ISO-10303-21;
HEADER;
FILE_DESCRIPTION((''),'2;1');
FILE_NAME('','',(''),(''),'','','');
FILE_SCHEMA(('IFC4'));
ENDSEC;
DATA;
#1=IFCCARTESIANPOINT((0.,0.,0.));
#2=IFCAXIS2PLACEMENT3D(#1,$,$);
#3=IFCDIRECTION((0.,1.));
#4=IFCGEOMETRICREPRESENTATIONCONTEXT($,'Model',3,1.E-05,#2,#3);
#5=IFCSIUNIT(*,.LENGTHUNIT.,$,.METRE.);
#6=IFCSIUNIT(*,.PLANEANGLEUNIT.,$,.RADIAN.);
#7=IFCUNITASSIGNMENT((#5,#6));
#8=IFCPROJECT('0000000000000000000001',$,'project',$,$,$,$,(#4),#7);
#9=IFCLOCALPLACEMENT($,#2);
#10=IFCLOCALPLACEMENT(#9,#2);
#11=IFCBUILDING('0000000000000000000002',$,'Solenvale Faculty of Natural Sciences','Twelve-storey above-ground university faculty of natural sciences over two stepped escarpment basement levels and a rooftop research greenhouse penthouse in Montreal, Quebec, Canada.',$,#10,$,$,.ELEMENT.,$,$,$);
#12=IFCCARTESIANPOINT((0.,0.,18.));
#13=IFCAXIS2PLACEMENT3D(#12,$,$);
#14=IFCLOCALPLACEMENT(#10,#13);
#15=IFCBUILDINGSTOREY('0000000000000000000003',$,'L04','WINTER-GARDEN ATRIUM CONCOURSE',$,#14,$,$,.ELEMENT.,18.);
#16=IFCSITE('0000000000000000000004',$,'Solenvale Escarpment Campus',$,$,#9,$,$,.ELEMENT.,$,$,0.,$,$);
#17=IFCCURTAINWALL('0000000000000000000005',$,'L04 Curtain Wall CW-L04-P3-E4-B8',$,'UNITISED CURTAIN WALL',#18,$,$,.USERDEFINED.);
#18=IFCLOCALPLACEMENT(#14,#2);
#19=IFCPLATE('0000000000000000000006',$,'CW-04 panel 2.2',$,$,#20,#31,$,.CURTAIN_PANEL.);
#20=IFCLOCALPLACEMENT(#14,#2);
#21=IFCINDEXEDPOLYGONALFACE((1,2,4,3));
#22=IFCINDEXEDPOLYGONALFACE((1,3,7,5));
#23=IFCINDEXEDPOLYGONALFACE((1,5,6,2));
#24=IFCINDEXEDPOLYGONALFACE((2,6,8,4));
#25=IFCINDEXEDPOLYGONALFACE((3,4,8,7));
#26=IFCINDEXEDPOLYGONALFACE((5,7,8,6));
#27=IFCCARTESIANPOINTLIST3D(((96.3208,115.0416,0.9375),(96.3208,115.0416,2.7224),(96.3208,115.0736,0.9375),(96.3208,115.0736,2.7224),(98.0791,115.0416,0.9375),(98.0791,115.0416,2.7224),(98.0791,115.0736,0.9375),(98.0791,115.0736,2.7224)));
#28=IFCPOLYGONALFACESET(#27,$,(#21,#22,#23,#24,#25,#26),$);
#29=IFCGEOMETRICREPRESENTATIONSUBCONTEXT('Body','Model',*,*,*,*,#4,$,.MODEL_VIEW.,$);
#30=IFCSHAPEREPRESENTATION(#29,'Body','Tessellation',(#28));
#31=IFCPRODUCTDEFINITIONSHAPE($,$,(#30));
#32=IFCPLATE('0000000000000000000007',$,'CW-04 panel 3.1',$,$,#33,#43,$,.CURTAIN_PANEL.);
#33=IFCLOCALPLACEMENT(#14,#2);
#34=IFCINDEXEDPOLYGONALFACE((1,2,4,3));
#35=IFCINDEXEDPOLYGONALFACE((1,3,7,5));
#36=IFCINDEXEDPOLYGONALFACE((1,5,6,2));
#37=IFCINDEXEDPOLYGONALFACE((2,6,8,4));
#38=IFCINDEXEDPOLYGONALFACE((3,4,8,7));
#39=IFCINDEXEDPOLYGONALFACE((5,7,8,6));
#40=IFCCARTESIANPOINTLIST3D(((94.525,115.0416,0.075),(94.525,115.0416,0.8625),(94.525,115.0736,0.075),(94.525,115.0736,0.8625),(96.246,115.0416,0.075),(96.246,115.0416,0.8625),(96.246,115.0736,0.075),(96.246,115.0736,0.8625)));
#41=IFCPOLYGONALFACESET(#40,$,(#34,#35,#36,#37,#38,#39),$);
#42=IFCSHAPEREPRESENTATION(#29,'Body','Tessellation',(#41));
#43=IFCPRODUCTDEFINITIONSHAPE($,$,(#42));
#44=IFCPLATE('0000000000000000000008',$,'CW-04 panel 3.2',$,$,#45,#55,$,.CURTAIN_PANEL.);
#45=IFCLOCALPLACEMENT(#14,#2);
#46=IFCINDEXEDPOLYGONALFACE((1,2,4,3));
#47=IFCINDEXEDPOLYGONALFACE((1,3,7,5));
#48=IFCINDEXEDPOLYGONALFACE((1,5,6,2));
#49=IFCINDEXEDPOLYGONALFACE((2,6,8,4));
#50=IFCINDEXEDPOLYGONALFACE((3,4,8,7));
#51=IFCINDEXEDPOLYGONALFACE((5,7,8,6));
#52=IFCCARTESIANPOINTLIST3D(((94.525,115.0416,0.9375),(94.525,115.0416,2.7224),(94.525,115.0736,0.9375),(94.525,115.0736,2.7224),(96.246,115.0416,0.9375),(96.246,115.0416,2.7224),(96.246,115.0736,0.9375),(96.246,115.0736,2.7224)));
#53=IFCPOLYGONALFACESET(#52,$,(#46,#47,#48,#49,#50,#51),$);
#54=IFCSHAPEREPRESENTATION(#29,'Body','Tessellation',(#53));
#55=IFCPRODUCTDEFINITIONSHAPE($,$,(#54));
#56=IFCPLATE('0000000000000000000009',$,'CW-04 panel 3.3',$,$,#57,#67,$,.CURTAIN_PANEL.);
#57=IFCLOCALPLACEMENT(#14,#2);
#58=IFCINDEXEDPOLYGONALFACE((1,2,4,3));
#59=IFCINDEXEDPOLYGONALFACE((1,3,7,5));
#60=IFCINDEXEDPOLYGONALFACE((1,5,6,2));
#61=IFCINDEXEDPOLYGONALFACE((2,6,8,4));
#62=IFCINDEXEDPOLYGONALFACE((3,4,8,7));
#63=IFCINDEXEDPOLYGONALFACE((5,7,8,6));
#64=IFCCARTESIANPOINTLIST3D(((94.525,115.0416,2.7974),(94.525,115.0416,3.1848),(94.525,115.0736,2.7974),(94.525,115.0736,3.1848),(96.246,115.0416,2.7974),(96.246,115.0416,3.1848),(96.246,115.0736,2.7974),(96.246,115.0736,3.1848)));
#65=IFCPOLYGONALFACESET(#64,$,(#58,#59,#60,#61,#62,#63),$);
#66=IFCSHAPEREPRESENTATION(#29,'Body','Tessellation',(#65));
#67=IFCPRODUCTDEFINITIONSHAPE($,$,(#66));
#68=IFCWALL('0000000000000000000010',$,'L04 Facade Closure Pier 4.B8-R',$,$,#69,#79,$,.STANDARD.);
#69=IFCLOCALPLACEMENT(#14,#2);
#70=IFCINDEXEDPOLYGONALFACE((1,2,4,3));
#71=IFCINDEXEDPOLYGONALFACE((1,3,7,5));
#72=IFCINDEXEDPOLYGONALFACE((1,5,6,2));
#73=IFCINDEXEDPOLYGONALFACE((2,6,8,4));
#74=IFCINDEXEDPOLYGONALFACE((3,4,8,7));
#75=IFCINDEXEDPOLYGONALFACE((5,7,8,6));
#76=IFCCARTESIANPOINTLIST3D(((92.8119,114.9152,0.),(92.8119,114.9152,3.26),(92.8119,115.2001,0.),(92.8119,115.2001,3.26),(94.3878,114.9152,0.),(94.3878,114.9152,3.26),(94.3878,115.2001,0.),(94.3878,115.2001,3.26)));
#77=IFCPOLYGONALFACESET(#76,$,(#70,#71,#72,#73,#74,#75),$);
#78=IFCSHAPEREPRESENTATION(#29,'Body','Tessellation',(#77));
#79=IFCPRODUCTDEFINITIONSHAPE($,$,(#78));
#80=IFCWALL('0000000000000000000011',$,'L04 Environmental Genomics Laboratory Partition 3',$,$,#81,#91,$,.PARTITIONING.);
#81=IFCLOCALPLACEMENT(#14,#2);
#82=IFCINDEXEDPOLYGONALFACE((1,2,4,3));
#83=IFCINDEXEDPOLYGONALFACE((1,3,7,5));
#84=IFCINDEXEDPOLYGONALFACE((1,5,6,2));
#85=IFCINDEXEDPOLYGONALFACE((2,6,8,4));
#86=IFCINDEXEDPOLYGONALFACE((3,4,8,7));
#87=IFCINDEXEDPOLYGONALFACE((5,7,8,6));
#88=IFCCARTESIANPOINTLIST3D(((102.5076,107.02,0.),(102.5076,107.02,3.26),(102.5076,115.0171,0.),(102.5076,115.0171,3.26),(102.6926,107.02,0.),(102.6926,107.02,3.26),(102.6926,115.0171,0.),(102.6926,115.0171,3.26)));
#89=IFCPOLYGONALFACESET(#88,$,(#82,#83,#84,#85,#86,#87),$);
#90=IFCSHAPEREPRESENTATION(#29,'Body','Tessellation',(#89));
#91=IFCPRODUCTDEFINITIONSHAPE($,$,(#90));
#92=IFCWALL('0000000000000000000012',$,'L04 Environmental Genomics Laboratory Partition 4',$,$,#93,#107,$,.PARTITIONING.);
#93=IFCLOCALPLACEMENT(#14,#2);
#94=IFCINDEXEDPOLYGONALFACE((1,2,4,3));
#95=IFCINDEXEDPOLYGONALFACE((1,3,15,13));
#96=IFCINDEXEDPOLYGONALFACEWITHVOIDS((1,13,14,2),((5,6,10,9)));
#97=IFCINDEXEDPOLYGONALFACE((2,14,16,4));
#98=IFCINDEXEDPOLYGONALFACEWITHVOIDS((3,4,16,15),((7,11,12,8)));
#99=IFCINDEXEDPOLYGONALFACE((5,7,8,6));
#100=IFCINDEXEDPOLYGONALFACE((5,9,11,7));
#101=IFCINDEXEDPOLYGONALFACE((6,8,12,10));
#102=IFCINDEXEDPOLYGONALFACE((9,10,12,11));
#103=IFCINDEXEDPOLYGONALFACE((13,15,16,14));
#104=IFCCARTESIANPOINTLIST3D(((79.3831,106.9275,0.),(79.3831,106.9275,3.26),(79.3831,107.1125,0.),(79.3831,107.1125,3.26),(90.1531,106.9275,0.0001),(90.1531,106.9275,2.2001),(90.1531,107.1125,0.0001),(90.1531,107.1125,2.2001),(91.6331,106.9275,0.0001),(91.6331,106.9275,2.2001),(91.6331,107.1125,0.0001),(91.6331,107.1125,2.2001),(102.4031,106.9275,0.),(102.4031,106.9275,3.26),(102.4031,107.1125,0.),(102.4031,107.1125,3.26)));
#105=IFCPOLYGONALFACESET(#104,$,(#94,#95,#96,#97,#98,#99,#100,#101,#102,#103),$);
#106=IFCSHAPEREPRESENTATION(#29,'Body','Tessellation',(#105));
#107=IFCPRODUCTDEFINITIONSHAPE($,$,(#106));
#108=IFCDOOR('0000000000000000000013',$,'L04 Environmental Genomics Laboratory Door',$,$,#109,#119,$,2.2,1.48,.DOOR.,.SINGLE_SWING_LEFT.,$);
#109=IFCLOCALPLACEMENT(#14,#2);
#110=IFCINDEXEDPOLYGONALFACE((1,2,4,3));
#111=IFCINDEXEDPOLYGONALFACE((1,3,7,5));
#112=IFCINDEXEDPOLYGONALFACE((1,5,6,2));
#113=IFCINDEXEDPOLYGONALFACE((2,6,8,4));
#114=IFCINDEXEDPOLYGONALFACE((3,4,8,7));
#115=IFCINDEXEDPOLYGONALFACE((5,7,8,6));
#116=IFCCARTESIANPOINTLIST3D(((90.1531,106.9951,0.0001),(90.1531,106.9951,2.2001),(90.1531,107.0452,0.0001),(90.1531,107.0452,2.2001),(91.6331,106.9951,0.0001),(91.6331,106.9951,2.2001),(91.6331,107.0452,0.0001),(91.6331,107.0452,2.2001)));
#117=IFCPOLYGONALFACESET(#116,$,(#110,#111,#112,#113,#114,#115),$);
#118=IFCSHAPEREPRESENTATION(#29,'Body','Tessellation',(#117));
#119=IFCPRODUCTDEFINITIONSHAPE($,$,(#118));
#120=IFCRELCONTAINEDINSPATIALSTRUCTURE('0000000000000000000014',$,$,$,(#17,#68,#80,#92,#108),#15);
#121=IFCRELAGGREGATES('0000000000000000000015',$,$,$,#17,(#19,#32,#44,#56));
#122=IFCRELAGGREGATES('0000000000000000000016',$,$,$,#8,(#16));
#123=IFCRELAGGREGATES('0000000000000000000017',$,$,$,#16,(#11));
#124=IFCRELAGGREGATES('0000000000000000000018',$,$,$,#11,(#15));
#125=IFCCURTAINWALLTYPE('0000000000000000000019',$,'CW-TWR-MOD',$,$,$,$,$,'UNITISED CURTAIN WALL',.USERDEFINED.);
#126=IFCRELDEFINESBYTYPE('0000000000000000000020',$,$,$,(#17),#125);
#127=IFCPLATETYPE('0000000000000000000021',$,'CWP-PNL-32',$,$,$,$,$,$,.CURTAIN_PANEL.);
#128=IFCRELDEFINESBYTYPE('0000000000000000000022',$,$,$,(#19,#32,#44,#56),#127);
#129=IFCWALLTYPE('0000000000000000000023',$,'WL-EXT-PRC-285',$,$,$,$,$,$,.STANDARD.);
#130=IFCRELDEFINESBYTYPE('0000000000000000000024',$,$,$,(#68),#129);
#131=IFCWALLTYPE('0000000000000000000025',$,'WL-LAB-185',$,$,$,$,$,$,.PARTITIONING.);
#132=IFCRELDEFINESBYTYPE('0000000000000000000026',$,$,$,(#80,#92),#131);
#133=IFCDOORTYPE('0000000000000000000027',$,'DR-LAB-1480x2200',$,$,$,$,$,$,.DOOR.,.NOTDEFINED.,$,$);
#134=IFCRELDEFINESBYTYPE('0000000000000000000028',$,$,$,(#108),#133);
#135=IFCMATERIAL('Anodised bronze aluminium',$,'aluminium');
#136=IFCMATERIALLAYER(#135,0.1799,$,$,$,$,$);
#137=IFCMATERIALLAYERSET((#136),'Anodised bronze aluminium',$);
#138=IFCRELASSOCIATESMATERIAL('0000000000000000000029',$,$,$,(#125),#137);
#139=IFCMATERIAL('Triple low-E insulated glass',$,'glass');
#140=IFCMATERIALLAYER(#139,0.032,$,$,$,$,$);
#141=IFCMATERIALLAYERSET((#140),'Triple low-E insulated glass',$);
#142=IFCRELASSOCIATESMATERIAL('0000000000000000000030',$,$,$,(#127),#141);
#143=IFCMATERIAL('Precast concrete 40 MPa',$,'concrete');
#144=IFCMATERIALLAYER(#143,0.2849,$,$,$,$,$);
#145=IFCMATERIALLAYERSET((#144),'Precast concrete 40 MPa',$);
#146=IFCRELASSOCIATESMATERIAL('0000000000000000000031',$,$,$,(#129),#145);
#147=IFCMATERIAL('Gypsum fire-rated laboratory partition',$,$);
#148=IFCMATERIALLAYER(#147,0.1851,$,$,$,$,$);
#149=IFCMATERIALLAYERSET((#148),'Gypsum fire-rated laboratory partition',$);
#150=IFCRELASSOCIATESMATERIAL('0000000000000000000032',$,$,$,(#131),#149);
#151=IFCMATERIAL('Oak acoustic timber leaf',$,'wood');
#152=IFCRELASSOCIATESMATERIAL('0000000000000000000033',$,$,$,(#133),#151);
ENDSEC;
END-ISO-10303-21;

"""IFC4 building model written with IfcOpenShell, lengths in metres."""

from ifc_helpers import new_model, si_unit, direction, frame, frame_2d, origin, origin_2d, place, context, subcontext, project, spatial, rectangle, extrude, material, layer, layer_set, type_object, element, fill, aggregate, save


model = new_model("IFC4")

# Units and contexts
model_context = context("Model", 3, precision=1e-05, world=origin(), true_north=direction((0.0, 1.0)))
body_context = subcontext(model_context, "Body", "Model", "MODEL_VIEW")
ifc_project = project(units=[si_unit("LENGTHUNIT", "METRE"), si_unit("PLANEANGLEUNIT", "RADIAN")], contexts=[model_context])

# Site, building, storey
site_placement = place(None, origin())
site = spatial("IfcSite", under=ifc_project, at=site_placement, Name="Solenvale Escarpment Campus", CompositionType="ELEMENT", RefElevation=0.0)
building_placement = place(site_placement, origin())
building = spatial("IfcBuilding", under=site, at=building_placement, Name="Solenvale Faculty of Natural Sciences", Description="Twelve-storey above-ground university faculty of natural sciences over two stepped escarpment basement levels and a rooftop research greenhouse penthouse in Montreal, Quebec, Canada.", CompositionType="ELEMENT")
storey_placement = place(building_placement, frame((0.0, 0.0, 18.0)))
storey = spatial("IfcBuildingStorey", under=building, at=storey_placement, Name="L04", Description="WINTER-GARDEN ATRIUM CONCOURSE", CompositionType="ELEMENT", Elevation=18.0)

# Curtain wall, plates
ifc_material_1 = material(Name="Anodised bronze aluminium", Category="aluminium")
ifc_layer_1 = layer(ifc_material_1, 0.1799)
ifc_layer_set_1 = layer_set([ifc_layer_1], Name="Anodised bronze aluminium")
curtain_wall_type = type_object("IfcCurtainWallType", Name="CW-TWR-MOD", ElementType="UNITISED CURTAIN WALL", PredefinedType="USERDEFINED", material=ifc_layer_set_1)
curtain_wall_placement = place(storey_placement, origin())
curtain_wall = element("IfcCurtainWall", 1, at=curtain_wall_placement, inside=storey, type_object=curtain_wall_type, Name="L04 Curtain Wall CW-L04-P3-E4-B8", ObjectType="UNITISED CURTAIN WALL", PredefinedType="USERDEFINED")
ifc_material_2 = material(Name="Triple low-E insulated glass", Category="glass")
ifc_layer_2 = layer(ifc_material_2, 0.032)
ifc_layer_set_2 = layer_set([ifc_layer_2], Name="Triple low-E insulated glass")
plate_type = type_object("IfcPlateType", Name="CWP-PNL-32", PredefinedType="CURTAIN_PANEL", material=ifc_layer_set_2)
plate_1_placement = place(storey_placement, frame((97.2, 115.0576, 0.9375), z_axis=(0.0, 0.0, 1.0), x_axis=(-1.0, 0.0, 0.0)))
plate_1 = element("IfcPlate", 2, at=plate_1_placement, type_object=plate_type, Name="CW-04 panel 2.2", PredefinedType="CURTAIN_PANEL", context=body_context, shape_type="SweptSolid", body=[
    extrude(rectangle(XDim=1.7583, YDim=0.032, at=origin_2d()), origin(), (0.0, 0.0, 1.0), 1.7849),
])
plate_2_placement = place(storey_placement, frame((95.3855, 115.0576, 0.075), z_axis=(0.0, 0.0, 1.0), x_axis=(-1.0, 0.0, 0.0)))
plate_2 = element("IfcPlate", 3, at=plate_2_placement, type_object=plate_type, Name="CW-04 panel 3.1", PredefinedType="CURTAIN_PANEL", context=body_context, shape_type="SweptSolid", body=[
    extrude(rectangle(XDim=1.7209, YDim=0.032, at=origin_2d()), origin(), (0.0, 0.0, 1.0), 0.7876),
])
plate_3_placement = place(storey_placement, frame((95.3855, 115.0576, 0.9375), z_axis=(0.0, 0.0, 1.0), x_axis=(-1.0, 0.0, 0.0)))
plate_3 = element("IfcPlate", 4, at=plate_3_placement, type_object=plate_type, Name="CW-04 panel 3.2", PredefinedType="CURTAIN_PANEL", context=body_context, shape_type="SweptSolid", body=[
    extrude(rectangle(XDim=1.7209, YDim=0.032, at=origin_2d()), origin(), (0.0, 0.0, 1.0), 1.7849),
])
plate_4_placement = place(storey_placement, frame((95.3855, 115.0576, 2.7974), z_axis=(0.0, 0.0, 1.0), x_axis=(-1.0, 0.0, 0.0)))
plate_4 = element("IfcPlate", 5, at=plate_4_placement, type_object=plate_type, Name="CW-04 panel 3.3", PredefinedType="CURTAIN_PANEL", context=body_context, shape_type="SweptSolid", body=[
    extrude(rectangle(XDim=1.7209, YDim=0.032, at=origin_2d()), origin(), (0.0, 0.0, 1.0), 0.3875),
])
aggregate(curtain_wall, [plate_1, plate_2, plate_3, plate_4])

# Wall
ifc_material_3 = material(Name="Precast concrete 40 MPa", Category="concrete")
ifc_layer_3 = layer(ifc_material_3, 0.2849)
ifc_layer_set_3 = layer_set([ifc_layer_3], Name="Precast concrete 40 MPa")
wall_type_1 = type_object("IfcWallType", Name="WL-EXT-PRC-285", PredefinedType="STANDARD", material=ifc_layer_set_3)
wall_1_placement = place(storey_placement, frame((94.3879, 115.0576, 0.0), z_axis=(0.0, 0.0, 1.0), x_axis=(-1.0, 0.0, 0.0)))
element("IfcWall", 6, at=wall_1_placement, inside=storey, type_object=wall_type_1, Name="L04 Facade Closure Pier 4.B8-R", PredefinedType="STANDARD", context=body_context, shape_type="SweptSolid", body=[
    extrude(rectangle(XDim=1.5759, YDim=0.2849, at=frame_2d((0.7881, 0.0))), origin(), (0.0, 0.0, 1.0), 3.26),
])

# Wall
ifc_material_4 = material(Name="Gypsum fire-rated laboratory partition")
ifc_layer_4 = layer(ifc_material_4, 0.1851)
ifc_layer_set_4 = layer_set([ifc_layer_4], Name="Gypsum fire-rated laboratory partition")
wall_type_2 = type_object("IfcWallType", Name="WL-LAB-185", PredefinedType="PARTITIONING", material=ifc_layer_set_4)
wall_2_placement = place(storey_placement, frame((102.6001, 115.0171, 0.0), z_axis=(0.0, 0.0, 1.0), x_axis=(0.0, -1.0, 0.0)))
element("IfcWall", 7, at=wall_2_placement, inside=storey, type_object=wall_type_2, Name="L04 Environmental Genomics Laboratory Partition 3", PredefinedType="PARTITIONING", context=body_context, shape_type="SweptSolid", body=[
    extrude(rectangle(XDim=7.9971, YDim=0.1851, at=frame_2d((3.9985, 0.0))), origin(), (0.0, 0.0, 1.0), 3.26),
])

# Wall, opening, door
wall_3_placement = place(storey_placement, frame((102.4031, 107.02, 0.0), z_axis=(0.0, 0.0, 1.0), x_axis=(-1.0, 0.0, 0.0)))
wall_3 = element("IfcWall", 8, at=wall_3_placement, inside=storey, type_object=wall_type_2, Name="L04 Environmental Genomics Laboratory Partition 4", PredefinedType="PARTITIONING", context=body_context, shape_type="SweptSolid", body=[
    extrude(rectangle(XDim=23.02, YDim=0.1851, at=frame_2d((11.51, 0.0))), origin(), (0.0, 0.0, 1.0), 3.26),
])
opening_1_placement = place(wall_3_placement, frame((10.77, 0.0, 0.0)))
opening_1 = element("IfcOpeningElement", 9, at=opening_1_placement, cuts=wall_3, PredefinedType="OPENING", context=body_context, shape_type="SweptSolid", body=[
    extrude(rectangle(XDim=1.48, YDim=2.2, at=frame_2d((0.74, 1.1001))), frame((0.0, 0.1025, 0.0), z_axis=(0.0, -1.0, 0.0), x_axis=(1.0, 0.0, 0.0)), (0.0, 0.0, 1.0), 0.2051),
])
ifc_material_5 = material(Name="Oak acoustic timber leaf", Category="wood")
door_type_1 = type_object("IfcDoorType", Name="DR-LAB-1480x2200", OperationType="NOTDEFINED", PredefinedType="DOOR", material=ifc_material_5)
door_1_placement = place(opening_1_placement, origin())
door_1 = element("IfcDoor", 10, at=door_1_placement, inside=storey, type_object=door_type_1, Name="L04 Environmental Genomics Laboratory Door", OperationType="SINGLE_SWING_LEFT", OverallHeight=2.2, OverallWidth=1.48, PredefinedType="DOOR", context=body_context, shape_type="SweptSolid", body=[
    extrude(rectangle(XDim=1.48, YDim=2.2, at=frame_2d((0.74, 1.1001))), frame((0.0, 0.0249, 0.0), z_axis=(0.0, -1.0, 0.0), x_axis=(1.0, 0.0, 0.0)), (0.0, 0.0, 1.0), 0.05),
])
fill(opening_1, door_1)

save(model, "model.ifc")
